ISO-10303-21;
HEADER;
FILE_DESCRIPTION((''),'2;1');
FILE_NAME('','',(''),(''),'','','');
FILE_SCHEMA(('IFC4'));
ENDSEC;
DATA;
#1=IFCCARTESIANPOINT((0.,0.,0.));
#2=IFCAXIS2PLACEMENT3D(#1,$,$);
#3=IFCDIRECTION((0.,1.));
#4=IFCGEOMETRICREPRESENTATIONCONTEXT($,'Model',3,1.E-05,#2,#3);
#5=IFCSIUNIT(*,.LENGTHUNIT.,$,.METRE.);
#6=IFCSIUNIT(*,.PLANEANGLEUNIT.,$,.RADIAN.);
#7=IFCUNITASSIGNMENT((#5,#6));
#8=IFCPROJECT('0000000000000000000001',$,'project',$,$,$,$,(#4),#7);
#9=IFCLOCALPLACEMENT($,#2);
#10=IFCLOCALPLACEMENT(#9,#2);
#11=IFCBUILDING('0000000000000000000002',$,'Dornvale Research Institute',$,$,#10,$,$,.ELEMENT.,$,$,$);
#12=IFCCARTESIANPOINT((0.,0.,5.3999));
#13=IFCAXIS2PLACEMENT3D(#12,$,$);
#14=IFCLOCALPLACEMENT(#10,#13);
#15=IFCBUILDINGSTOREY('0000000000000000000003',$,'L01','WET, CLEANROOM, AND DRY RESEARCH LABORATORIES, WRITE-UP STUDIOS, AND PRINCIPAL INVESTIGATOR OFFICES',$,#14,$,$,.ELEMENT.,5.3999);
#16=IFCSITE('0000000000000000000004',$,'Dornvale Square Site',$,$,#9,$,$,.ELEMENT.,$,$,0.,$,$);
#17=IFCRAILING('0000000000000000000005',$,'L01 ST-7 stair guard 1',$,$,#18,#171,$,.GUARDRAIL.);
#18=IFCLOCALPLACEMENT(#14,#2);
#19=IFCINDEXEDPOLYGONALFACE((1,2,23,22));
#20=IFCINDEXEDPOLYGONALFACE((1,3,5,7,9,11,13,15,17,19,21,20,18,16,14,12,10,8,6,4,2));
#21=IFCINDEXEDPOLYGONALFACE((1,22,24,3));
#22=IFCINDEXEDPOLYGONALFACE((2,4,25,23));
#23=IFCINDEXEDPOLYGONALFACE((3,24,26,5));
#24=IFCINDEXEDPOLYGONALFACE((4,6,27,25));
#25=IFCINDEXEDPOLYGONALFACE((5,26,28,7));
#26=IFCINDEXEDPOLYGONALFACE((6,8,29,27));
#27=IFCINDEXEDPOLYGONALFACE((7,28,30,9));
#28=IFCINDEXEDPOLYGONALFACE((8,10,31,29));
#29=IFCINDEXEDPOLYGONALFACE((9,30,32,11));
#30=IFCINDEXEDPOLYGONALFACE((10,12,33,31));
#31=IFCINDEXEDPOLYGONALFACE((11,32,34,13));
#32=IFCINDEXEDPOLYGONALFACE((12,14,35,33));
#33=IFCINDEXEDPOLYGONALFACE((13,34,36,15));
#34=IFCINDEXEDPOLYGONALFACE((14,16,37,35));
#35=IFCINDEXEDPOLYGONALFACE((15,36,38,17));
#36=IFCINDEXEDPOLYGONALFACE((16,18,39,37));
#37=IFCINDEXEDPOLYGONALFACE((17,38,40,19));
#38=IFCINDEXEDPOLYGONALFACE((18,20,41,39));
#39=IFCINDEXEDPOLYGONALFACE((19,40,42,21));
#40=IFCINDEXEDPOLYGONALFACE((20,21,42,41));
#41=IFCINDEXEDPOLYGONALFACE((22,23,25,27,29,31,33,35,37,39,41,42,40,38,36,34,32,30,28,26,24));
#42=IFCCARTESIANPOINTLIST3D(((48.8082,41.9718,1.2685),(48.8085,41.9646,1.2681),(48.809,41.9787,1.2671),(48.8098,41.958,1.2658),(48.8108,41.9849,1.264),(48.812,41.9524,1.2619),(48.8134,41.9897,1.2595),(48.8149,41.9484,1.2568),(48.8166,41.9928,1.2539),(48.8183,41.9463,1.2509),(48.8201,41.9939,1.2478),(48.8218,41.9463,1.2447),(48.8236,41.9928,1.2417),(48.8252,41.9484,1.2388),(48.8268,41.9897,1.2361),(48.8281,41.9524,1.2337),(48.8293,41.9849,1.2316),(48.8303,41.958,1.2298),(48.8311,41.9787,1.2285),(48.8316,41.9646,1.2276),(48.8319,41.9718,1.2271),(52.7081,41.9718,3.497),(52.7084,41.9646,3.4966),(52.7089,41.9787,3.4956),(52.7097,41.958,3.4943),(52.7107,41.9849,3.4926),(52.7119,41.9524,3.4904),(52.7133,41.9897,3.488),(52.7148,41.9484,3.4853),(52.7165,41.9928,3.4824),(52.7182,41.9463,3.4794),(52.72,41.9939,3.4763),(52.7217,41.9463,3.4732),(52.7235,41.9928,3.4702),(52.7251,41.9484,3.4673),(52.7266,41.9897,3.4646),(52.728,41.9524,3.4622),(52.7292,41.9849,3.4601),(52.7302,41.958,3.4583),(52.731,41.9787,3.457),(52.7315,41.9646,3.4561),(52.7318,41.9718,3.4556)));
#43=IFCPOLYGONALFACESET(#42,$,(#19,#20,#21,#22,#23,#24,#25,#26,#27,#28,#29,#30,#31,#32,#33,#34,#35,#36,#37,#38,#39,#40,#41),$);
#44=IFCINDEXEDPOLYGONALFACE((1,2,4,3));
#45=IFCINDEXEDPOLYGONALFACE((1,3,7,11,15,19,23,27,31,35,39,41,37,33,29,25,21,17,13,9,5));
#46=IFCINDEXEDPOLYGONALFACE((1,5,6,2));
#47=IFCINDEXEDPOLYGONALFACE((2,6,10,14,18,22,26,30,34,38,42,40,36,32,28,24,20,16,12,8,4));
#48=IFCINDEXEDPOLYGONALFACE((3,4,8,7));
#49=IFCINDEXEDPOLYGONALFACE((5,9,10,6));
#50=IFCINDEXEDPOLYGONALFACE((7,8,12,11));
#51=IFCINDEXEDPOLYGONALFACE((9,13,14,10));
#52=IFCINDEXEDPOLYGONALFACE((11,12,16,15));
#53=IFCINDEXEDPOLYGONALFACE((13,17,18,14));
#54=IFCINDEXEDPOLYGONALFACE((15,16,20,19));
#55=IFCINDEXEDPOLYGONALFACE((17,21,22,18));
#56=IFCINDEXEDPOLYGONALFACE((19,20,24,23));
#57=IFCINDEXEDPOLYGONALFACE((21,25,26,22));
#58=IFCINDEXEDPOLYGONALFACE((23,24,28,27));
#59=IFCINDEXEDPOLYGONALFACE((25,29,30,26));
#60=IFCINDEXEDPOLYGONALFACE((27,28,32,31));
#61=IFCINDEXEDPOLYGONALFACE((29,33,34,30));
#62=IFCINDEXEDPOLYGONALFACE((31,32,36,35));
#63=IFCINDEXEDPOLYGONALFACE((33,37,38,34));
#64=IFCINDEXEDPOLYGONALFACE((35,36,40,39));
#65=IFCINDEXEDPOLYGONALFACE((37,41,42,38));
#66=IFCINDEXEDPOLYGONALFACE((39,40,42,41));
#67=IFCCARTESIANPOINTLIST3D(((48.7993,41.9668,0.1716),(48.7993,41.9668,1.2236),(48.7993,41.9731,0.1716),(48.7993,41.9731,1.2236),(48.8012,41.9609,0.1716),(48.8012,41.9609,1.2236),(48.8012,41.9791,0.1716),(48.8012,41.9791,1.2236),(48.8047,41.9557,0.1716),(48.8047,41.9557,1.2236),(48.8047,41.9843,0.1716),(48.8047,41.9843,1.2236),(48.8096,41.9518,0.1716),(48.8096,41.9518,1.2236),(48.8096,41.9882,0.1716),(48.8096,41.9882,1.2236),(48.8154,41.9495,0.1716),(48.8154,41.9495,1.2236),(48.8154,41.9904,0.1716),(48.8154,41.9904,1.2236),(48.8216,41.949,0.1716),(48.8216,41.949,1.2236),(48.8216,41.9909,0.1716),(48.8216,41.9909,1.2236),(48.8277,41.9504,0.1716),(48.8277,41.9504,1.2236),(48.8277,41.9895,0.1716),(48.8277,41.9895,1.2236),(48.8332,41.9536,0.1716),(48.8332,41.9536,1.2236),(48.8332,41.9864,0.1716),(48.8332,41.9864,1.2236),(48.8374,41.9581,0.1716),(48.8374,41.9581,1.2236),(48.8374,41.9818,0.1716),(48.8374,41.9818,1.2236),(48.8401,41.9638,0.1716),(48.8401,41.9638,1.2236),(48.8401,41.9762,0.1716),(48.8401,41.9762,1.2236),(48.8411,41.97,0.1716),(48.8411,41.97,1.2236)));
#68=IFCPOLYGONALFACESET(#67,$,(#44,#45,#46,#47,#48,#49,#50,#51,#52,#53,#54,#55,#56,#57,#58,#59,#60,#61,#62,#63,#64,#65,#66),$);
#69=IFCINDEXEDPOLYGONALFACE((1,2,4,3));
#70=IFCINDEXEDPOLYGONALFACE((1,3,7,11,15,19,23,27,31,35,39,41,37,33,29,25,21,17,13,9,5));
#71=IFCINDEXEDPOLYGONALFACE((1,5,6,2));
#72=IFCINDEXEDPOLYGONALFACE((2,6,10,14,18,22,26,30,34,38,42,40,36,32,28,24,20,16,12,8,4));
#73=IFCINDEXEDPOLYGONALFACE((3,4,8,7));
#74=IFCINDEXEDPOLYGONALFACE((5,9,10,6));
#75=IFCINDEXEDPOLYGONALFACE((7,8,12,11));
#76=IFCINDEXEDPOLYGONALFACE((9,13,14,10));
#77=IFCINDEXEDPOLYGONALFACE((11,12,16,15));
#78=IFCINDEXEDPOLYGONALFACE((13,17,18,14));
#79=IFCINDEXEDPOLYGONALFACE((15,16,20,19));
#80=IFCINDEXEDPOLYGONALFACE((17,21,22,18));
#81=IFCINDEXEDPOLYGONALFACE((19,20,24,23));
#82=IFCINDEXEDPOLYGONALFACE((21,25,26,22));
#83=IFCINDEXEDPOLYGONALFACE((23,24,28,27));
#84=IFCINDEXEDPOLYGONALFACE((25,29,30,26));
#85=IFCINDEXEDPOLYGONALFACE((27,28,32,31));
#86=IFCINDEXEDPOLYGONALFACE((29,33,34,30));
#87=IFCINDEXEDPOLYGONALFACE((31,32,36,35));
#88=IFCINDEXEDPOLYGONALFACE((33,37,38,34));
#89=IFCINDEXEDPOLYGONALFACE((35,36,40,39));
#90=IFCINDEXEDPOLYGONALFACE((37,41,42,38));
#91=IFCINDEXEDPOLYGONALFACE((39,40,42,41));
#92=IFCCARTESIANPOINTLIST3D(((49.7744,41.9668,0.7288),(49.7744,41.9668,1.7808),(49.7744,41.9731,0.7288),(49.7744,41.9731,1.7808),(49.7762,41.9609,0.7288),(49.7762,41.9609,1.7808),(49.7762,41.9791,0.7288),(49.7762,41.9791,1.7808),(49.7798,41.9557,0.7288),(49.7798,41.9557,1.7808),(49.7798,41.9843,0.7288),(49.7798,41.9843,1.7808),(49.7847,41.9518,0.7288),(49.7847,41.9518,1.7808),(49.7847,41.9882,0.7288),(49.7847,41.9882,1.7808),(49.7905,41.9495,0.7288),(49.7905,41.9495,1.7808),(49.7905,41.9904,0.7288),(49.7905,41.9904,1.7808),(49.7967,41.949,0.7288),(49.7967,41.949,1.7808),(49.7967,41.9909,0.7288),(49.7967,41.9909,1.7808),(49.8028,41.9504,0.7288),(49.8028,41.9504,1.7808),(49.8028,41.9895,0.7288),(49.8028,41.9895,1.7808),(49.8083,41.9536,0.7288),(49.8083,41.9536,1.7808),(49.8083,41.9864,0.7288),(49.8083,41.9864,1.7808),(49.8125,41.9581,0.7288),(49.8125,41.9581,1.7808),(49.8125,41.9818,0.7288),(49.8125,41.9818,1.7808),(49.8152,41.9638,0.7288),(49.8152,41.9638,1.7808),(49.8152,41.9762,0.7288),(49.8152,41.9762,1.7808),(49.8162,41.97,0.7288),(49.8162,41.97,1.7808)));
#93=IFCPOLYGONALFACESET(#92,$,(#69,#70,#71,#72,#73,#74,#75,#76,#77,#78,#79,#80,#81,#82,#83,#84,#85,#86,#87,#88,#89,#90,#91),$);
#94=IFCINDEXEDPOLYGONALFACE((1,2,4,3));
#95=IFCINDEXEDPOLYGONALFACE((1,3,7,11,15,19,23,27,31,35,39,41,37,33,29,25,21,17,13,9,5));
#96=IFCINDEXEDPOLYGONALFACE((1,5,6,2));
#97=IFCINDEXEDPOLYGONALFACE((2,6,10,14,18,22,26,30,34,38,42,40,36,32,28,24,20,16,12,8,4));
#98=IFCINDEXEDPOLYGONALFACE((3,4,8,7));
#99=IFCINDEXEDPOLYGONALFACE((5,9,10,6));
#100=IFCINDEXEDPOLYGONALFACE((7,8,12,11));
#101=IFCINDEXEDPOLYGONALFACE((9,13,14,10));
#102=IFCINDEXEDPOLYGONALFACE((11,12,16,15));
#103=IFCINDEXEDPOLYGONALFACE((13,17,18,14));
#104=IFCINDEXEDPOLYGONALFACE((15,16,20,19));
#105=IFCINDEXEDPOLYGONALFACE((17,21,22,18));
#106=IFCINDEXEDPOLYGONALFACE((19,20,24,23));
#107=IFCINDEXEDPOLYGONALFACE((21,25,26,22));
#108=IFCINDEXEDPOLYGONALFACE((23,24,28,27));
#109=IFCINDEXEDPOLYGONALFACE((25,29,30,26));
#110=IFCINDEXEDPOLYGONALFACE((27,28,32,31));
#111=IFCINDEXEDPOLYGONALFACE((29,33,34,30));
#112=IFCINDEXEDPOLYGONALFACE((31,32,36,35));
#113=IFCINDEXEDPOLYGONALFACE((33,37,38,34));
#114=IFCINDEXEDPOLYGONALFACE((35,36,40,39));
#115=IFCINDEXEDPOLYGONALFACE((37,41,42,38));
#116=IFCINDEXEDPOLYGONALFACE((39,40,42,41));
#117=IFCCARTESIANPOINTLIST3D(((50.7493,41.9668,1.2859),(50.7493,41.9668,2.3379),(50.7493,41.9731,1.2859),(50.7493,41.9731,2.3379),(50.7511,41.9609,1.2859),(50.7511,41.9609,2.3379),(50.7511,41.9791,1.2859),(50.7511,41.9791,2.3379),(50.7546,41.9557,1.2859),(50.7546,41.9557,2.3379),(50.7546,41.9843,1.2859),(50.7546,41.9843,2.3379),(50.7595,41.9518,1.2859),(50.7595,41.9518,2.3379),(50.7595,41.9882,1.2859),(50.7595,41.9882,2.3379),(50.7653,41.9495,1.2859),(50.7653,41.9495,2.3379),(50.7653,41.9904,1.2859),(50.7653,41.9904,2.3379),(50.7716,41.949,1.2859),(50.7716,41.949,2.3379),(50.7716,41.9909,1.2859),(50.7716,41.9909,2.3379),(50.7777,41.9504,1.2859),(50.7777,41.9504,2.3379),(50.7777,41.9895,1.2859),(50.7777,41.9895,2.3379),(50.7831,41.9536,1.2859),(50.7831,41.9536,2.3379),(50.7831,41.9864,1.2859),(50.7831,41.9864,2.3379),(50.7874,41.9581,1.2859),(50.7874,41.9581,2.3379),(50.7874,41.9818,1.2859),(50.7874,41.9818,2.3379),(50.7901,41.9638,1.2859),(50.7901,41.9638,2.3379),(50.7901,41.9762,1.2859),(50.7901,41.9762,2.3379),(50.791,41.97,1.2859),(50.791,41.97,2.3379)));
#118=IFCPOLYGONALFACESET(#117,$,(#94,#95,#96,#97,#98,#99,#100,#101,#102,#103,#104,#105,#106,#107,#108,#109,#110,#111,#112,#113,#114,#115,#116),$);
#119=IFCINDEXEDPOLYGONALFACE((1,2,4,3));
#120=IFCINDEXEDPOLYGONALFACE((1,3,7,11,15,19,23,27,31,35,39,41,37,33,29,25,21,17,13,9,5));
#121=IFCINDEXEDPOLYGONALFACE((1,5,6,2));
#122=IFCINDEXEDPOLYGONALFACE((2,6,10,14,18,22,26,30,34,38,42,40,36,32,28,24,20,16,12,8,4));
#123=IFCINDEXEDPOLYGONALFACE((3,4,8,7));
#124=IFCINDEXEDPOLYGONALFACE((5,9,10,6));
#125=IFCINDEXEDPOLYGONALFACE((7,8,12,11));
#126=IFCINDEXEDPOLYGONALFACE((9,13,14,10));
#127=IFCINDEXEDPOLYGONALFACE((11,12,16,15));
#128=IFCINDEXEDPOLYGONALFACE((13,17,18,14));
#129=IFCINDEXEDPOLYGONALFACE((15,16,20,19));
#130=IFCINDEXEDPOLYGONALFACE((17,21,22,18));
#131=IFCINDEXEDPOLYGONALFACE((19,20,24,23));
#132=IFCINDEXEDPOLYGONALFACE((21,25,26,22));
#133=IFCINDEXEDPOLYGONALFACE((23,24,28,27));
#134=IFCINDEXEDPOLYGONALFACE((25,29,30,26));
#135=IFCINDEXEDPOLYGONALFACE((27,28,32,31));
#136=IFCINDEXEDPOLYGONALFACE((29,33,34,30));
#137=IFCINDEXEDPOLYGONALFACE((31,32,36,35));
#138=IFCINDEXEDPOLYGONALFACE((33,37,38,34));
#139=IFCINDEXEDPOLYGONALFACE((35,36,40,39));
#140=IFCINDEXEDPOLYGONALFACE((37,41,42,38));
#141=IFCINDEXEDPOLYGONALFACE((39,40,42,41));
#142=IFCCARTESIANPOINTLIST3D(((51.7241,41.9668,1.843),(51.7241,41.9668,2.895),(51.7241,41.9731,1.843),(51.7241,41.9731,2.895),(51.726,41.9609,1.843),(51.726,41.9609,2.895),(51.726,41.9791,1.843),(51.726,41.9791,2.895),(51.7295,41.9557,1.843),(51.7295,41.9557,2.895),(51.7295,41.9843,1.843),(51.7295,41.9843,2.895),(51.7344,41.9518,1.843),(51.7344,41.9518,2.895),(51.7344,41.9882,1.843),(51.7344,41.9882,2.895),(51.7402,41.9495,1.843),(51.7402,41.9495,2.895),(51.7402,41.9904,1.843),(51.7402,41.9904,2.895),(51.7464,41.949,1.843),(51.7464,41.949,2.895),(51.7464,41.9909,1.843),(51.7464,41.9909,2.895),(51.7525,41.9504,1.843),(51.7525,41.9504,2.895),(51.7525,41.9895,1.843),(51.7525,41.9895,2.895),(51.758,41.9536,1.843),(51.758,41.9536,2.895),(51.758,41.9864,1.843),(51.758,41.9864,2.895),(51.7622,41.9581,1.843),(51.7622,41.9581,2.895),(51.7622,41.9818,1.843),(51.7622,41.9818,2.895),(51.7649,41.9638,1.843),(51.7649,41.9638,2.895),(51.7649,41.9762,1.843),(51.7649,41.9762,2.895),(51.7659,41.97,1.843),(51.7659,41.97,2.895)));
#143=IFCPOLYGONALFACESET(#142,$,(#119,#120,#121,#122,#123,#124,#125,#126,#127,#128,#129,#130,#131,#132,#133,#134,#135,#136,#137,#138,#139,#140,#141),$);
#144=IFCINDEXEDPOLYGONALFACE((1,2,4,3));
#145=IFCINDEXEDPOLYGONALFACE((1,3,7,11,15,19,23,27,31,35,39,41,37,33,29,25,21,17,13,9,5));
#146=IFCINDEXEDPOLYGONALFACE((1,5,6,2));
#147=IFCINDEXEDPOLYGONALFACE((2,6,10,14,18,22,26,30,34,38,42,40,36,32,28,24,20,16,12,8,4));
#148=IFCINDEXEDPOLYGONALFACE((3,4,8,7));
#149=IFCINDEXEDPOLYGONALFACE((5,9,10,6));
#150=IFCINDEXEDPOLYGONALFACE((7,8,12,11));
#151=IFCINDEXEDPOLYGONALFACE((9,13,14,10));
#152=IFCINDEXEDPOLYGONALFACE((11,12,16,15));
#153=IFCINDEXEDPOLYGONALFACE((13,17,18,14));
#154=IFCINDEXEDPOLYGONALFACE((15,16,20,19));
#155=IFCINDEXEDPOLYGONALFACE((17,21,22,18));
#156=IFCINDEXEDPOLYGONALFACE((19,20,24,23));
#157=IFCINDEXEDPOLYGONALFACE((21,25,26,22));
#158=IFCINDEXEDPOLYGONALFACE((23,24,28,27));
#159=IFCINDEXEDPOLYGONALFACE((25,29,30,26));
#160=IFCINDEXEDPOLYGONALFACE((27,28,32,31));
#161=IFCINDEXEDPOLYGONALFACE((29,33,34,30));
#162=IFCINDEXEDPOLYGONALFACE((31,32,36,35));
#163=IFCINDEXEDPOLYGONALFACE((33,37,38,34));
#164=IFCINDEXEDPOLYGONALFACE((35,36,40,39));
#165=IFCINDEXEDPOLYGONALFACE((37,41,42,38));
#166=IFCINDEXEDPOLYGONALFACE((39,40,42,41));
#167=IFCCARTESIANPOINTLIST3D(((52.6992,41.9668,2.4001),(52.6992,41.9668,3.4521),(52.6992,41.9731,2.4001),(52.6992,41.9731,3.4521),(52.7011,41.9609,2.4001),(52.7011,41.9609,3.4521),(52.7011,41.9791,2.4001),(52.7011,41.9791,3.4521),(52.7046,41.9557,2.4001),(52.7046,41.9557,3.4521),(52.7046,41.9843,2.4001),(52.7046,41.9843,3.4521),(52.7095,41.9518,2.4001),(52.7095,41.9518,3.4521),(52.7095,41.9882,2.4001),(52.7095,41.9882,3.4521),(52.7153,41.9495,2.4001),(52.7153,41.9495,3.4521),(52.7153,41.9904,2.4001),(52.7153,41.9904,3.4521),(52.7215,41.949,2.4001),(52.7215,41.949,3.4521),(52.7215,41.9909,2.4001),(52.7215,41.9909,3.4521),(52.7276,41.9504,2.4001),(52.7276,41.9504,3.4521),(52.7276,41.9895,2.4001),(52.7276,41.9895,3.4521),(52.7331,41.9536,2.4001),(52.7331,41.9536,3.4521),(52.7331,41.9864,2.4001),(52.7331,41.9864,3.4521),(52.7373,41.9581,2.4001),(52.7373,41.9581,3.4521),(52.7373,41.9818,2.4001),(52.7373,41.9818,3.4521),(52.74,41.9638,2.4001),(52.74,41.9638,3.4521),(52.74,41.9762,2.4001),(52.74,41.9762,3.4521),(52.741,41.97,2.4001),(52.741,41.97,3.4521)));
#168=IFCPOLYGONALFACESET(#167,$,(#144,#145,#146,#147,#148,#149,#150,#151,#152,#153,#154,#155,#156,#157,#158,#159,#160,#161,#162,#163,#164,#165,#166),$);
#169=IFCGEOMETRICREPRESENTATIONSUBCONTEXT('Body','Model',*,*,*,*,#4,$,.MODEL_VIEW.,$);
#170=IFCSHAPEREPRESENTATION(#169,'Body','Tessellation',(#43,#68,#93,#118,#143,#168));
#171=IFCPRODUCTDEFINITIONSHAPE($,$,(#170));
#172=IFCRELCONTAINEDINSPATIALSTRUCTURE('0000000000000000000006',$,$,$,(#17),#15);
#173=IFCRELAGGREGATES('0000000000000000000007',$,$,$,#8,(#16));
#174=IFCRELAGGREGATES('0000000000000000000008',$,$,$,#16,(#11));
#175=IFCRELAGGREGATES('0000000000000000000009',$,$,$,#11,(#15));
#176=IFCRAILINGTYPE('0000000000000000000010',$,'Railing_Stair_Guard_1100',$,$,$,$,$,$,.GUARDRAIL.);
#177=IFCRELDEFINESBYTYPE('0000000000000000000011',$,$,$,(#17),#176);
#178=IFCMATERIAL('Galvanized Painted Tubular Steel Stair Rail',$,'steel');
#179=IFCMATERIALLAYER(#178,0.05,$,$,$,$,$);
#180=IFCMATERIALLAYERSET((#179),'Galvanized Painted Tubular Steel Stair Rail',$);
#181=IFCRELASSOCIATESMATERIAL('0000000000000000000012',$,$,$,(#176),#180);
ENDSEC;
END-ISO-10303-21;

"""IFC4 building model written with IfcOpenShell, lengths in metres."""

from ifc_helpers import new_model, si_unit, direction, frame, origin, origin_2d, place, context, subcontext, project, spatial, circle, extrude, material, layer, layer_set, type_object, element, save


model = new_model("IFC4")

# Units and contexts
model_context = context("Model", 3, precision=1e-05, world=origin(), true_north=direction((0.0, 1.0)))
body_context = subcontext(model_context, "Body", "Model", "MODEL_VIEW")
ifc_project = project(units=[si_unit("LENGTHUNIT", "METRE"), si_unit("PLANEANGLEUNIT", "RADIAN")], contexts=[model_context])

# Site, building, storey
site_placement = place(None, origin())
site = spatial("IfcSite", under=ifc_project, at=site_placement, Name="Dornvale Square Site", CompositionType="ELEMENT", RefElevation=0.0)
building_placement = place(site_placement, origin())
building = spatial("IfcBuilding", under=site, at=building_placement, Name="Dornvale Research Institute", CompositionType="ELEMENT")
storey_placement = place(building_placement, frame((0.0, 0.0, 5.3999)))
storey = spatial("IfcBuildingStorey", under=building, at=storey_placement, Name="L01", Description="WET, CLEANROOM, AND DRY RESEARCH LABORATORIES, WRITE-UP STUDIOS, AND PRINCIPAL INVESTIGATOR OFFICES", CompositionType="ELEMENT", Elevation=5.3999)

# Railing
ifc_material_1 = material(Name="Galvanized Painted Tubular Steel Stair Rail", Category="steel")
ifc_layer_1 = layer(ifc_material_1, 0.05)
ifc_layer_set_1 = layer_set([ifc_layer_1], Name="Galvanized Painted Tubular Steel Stair Rail")
railing_type_1 = type_object("IfcRailingType", Name="Railing_Stair_Guard_1100", PredefinedType="GUARDRAIL", material=ifc_layer_set_1)
railing_1_placement = place(storey_placement, frame((48.8201, 41.97, 0.1716)))
element("IfcRailing", 1, at=railing_1_placement, inside=storey, type_object=railing_type_1, Name="L01 ST-7 stair guard 1", PredefinedType="GUARDRAIL", context=body_context, shape_type="SweptSolid", body=[
    extrude(circle(Radius=0.0239, at=origin_2d()), frame((0.0, 0.0, 1.0762), z_axis=(0.868243, 0.0, 0.496139), x_axis=(0.0, 1.0, 0.0)), (0.0, 0.0, 1.0), 4.4917),
    extrude(circle(Radius=0.021, at=origin_2d()), origin(), (0.0, 0.0, 1.0), 1.052),
    extrude(circle(Radius=0.021, at=origin_2d()), frame((0.9751, 0.0, 0.5571)), (0.0, 0.0, 1.0), 1.052),
    extrude(circle(Radius=0.021, at=origin_2d()), frame((1.95, 0.0, 1.1143)), (0.0, 0.0, 1.0), 1.052),
    extrude(circle(Radius=0.021, at=origin_2d()), frame((2.9248, 0.0, 1.6714)), (0.0, 0.0, 1.0), 1.052),
    extrude(circle(Radius=0.021, at=origin_2d()), frame((3.8999, 0.0, 2.2285)), (0.0, 0.0, 1.0), 1.052),
])

save(model, "model.ifc")
